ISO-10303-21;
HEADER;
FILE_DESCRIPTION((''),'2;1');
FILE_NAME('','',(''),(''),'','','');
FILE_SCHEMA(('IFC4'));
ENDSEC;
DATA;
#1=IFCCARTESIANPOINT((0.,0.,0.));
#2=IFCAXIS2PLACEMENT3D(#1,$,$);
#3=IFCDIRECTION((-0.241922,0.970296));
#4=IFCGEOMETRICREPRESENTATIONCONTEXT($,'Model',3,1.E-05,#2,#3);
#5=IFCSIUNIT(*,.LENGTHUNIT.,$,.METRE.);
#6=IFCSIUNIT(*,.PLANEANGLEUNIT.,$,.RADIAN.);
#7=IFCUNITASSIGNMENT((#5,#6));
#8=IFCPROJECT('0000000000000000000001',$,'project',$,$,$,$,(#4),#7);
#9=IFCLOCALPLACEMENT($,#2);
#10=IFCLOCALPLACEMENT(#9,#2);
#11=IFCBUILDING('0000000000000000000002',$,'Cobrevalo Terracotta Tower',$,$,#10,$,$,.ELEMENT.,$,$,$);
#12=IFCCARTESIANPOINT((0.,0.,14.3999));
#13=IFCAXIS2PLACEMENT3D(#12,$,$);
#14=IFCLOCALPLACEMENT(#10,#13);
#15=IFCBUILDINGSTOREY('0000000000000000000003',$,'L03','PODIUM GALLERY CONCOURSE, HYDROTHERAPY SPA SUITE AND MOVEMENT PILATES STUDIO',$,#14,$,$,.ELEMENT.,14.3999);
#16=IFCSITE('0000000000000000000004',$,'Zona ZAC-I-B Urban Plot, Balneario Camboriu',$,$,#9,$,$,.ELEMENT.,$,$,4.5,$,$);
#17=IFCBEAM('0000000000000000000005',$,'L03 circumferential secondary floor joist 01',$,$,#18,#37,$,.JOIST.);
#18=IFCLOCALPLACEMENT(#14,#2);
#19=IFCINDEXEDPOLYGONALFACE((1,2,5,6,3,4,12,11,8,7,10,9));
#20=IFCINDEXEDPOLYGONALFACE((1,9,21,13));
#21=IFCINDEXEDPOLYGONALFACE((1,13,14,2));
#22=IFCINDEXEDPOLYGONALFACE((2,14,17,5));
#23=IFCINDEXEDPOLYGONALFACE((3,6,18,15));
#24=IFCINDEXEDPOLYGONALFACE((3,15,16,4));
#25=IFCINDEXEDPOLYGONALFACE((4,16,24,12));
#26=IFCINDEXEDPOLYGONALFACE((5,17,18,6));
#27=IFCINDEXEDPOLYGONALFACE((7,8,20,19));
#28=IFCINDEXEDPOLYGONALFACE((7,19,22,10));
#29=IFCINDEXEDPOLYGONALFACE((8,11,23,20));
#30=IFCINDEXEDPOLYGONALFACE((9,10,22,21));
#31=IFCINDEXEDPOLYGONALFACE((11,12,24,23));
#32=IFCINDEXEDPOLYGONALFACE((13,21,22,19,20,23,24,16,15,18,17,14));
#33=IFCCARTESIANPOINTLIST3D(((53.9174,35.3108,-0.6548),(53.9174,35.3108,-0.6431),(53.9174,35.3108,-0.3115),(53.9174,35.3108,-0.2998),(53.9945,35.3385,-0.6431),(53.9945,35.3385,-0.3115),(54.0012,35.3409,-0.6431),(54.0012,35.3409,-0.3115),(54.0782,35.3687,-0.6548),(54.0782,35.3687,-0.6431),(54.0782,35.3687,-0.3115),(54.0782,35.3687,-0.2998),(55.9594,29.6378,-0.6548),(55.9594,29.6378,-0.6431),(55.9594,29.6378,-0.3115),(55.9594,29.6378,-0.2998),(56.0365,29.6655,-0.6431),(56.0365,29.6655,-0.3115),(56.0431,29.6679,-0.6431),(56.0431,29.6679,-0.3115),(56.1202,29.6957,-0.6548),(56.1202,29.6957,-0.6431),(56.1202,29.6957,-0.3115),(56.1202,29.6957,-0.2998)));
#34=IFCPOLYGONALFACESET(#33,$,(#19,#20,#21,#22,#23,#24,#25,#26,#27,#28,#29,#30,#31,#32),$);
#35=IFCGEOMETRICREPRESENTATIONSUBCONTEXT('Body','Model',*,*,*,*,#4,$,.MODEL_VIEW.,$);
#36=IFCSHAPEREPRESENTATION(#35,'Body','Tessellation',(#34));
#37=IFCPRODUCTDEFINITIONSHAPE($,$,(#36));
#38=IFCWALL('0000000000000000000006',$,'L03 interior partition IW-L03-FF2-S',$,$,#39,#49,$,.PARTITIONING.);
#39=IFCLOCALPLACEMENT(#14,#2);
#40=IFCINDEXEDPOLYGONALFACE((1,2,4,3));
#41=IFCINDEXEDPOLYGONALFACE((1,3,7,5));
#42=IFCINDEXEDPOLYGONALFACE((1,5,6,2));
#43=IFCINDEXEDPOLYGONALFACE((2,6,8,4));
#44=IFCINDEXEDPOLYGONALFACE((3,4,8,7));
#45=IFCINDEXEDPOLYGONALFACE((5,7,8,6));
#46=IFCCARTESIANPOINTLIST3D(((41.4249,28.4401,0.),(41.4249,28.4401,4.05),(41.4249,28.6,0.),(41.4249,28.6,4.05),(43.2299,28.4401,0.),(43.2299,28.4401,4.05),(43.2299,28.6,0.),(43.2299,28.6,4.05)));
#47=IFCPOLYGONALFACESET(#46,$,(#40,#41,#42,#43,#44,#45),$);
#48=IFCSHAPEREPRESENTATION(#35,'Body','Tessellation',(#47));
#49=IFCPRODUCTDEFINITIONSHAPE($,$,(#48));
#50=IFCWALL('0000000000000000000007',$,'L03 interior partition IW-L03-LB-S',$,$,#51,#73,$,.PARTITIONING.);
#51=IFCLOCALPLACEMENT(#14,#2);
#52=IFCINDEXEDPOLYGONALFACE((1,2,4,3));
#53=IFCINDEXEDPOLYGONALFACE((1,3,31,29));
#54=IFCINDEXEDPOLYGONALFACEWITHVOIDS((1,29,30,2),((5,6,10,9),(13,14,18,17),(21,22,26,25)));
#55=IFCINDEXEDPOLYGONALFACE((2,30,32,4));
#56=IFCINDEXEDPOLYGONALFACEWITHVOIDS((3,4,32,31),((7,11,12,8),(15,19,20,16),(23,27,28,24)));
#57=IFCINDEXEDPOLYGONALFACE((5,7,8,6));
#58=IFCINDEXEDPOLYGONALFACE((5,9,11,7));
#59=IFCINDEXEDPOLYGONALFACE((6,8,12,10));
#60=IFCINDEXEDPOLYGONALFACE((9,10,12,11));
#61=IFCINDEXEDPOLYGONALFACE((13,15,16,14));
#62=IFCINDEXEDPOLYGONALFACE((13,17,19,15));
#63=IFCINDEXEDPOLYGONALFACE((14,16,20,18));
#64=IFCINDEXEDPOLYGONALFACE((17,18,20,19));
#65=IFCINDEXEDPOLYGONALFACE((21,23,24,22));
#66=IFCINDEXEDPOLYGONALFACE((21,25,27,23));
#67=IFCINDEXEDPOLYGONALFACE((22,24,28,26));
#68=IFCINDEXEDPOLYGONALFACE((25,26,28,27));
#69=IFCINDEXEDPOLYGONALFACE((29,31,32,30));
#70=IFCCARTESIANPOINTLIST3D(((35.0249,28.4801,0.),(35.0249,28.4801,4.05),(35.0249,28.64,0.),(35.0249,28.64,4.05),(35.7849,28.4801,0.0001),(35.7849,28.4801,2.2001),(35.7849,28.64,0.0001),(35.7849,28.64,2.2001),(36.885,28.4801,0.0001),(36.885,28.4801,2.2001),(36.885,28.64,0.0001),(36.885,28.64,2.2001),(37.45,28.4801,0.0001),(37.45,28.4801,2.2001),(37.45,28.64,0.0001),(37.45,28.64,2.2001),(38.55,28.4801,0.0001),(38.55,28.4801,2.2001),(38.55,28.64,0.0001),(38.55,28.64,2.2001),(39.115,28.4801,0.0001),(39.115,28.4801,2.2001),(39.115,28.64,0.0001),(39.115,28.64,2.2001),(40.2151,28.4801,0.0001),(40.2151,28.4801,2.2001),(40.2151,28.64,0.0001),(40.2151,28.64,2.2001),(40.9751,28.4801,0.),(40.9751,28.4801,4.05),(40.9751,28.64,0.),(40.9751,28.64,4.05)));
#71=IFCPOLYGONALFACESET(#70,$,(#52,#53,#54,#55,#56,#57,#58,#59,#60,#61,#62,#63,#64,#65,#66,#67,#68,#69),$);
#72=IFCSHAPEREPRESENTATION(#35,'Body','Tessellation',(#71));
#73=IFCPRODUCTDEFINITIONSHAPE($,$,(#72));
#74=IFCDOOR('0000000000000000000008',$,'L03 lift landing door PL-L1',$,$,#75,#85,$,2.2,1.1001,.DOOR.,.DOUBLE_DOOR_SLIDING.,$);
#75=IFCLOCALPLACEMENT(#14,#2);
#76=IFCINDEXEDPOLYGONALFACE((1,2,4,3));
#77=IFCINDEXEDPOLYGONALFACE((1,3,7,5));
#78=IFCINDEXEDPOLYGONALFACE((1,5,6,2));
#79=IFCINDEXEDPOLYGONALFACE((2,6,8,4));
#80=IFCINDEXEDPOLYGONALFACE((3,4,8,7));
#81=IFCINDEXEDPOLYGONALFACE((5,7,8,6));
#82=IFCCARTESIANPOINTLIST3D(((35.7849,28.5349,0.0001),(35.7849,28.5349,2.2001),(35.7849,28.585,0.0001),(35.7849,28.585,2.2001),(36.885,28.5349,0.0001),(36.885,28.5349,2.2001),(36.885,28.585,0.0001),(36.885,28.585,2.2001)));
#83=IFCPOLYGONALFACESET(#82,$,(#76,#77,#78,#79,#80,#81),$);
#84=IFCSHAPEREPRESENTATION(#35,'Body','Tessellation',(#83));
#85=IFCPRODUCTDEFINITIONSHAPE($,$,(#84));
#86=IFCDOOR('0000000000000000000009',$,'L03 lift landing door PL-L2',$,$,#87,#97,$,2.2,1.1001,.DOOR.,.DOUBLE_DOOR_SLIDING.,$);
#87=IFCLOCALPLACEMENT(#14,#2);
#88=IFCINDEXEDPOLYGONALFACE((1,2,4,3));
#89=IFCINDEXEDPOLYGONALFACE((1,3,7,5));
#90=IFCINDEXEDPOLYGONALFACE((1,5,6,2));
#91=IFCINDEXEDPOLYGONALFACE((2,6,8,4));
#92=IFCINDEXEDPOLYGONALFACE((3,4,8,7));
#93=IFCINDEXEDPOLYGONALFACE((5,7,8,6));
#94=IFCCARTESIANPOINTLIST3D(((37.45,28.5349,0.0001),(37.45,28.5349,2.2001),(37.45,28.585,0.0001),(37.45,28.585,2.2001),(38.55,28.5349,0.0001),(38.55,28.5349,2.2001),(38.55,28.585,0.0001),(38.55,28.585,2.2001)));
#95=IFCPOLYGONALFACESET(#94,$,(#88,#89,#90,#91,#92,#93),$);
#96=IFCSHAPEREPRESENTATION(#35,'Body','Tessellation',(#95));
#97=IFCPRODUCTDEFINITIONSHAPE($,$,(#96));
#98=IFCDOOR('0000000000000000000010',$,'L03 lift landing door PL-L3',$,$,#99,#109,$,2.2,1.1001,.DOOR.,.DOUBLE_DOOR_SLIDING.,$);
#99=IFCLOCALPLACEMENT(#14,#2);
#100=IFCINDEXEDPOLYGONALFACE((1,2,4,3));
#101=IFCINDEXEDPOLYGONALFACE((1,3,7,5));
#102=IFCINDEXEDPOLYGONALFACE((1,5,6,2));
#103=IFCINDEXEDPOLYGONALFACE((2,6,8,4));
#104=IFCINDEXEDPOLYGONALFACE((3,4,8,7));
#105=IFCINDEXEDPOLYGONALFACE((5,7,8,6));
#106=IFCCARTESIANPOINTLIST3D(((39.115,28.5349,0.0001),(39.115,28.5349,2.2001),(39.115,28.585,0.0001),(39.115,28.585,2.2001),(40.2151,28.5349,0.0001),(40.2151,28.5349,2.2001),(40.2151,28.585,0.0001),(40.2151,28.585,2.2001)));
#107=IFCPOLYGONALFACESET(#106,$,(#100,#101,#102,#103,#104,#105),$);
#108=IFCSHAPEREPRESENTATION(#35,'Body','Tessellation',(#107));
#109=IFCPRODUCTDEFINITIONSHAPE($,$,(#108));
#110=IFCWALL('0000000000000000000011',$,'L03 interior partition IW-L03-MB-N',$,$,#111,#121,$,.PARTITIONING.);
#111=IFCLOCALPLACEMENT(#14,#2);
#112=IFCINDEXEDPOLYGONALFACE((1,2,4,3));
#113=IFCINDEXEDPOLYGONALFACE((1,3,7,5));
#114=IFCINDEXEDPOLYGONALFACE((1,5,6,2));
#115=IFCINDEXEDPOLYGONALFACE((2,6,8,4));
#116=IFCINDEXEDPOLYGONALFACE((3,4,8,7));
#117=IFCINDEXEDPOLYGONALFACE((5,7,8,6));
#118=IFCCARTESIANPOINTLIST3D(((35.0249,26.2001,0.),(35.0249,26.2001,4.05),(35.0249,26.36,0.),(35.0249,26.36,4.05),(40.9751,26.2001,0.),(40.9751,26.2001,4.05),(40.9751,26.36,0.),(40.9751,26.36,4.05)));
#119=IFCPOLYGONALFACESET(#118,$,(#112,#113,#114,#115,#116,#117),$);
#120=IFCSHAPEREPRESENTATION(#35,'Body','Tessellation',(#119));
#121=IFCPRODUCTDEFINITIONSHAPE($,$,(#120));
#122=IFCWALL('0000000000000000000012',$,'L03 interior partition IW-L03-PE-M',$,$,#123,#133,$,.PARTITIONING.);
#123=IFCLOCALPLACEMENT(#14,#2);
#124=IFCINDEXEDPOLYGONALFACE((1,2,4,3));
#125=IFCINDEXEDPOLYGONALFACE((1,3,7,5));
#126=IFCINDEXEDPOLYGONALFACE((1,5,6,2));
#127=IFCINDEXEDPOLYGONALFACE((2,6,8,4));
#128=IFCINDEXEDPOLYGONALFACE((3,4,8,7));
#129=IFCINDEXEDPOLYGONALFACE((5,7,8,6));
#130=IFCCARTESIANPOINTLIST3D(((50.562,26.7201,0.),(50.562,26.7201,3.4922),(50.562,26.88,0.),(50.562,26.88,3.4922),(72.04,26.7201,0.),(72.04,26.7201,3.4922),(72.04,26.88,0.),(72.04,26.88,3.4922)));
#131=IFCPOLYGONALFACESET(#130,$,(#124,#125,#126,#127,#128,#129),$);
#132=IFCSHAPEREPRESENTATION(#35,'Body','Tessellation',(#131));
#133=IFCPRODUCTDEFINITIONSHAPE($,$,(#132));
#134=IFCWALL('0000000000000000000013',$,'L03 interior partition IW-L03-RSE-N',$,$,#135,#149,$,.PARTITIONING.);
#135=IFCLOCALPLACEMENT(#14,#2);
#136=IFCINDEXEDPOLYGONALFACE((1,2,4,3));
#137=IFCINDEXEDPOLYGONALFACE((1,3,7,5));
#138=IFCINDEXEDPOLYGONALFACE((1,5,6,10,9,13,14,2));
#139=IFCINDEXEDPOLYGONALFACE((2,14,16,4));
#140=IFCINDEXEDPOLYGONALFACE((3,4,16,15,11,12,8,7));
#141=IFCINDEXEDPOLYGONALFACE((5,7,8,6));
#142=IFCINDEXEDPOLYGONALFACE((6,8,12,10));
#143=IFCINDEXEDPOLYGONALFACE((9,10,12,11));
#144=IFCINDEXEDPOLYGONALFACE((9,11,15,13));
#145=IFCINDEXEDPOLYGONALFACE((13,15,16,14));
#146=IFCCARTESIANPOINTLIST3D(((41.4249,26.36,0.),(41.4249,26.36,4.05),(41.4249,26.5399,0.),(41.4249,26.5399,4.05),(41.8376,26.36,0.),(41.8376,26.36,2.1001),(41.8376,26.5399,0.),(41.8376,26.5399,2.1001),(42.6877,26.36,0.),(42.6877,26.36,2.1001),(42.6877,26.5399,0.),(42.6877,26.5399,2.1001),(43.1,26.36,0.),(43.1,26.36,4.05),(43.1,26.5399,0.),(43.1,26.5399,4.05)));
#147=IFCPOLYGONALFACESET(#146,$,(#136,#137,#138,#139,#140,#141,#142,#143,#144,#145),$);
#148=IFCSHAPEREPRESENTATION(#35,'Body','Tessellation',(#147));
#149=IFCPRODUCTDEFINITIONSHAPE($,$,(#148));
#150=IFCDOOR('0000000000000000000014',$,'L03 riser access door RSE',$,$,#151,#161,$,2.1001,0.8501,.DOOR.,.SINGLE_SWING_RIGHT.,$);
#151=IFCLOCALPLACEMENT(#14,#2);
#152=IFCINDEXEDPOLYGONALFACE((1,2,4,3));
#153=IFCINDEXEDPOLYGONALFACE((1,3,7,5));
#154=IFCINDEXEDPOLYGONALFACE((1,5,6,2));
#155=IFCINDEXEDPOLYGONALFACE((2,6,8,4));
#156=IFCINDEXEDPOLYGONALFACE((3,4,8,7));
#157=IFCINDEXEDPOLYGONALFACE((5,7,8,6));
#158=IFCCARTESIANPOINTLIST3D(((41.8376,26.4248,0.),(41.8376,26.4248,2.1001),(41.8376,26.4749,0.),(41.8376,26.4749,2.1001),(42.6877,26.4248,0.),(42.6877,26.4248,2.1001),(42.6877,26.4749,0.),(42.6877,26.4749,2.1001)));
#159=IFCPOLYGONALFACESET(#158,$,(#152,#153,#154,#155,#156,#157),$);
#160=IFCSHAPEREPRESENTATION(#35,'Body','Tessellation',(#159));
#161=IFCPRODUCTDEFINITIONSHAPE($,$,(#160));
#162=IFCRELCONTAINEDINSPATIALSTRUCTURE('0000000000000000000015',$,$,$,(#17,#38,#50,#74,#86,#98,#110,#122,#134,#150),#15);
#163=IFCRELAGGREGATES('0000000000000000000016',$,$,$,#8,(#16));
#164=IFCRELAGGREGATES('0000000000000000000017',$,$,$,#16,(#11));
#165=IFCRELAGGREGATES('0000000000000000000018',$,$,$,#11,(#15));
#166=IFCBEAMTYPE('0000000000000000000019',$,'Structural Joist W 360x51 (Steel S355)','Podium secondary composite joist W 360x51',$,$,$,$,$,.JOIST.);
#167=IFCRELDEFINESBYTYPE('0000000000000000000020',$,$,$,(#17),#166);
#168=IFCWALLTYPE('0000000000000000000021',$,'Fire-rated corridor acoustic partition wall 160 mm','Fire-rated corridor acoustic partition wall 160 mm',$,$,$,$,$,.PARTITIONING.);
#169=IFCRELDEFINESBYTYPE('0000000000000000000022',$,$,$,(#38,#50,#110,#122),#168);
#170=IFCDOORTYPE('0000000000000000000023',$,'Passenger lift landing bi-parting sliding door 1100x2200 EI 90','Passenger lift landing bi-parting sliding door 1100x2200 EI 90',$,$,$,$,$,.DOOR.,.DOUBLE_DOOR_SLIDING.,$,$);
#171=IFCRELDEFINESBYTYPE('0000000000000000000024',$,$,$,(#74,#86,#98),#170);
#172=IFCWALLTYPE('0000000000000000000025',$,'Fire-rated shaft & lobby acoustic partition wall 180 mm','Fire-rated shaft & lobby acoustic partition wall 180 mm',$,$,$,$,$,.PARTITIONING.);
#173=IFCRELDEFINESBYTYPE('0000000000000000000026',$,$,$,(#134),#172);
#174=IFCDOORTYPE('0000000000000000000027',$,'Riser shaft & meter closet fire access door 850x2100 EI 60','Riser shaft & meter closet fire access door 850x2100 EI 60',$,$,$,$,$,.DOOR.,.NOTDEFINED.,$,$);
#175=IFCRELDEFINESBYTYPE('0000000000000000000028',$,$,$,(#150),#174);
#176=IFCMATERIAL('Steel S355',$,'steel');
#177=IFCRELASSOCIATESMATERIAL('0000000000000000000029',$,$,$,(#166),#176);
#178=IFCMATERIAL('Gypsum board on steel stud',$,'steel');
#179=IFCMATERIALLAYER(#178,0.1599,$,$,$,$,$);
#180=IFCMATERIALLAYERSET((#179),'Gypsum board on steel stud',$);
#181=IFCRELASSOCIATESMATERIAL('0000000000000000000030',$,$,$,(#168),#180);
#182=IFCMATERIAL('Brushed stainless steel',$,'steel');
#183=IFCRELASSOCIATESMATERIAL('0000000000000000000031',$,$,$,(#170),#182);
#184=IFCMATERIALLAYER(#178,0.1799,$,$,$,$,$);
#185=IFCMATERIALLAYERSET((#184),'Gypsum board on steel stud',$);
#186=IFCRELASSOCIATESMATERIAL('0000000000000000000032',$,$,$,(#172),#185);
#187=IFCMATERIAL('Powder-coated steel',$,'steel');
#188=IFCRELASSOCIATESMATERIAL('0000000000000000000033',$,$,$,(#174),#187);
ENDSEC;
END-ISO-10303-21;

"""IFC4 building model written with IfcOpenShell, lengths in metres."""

from ifc_helpers import new_model, si_unit, direction, frame, frame_2d, origin, origin_2d, place, context, subcontext, project, spatial, rectangle, i_section, extrude, source, transform, mapped, material, layer, layer_set, material_profile, profile_set, type_object, element, fill, save


model = new_model("IFC4")

# Units and contexts
model_context = context("Model", 3, precision=1e-05, world=origin(), true_north=direction((-0.241922, 0.970296)))
body_context = subcontext(model_context, "Body", "Model", "MODEL_VIEW")
ifc_project = project(units=[si_unit("LENGTHUNIT", "METRE"), si_unit("PLANEANGLEUNIT", "RADIAN")], contexts=[model_context])

# Site, building, storey
site_placement = place(None, origin())
site = spatial("IfcSite", under=ifc_project, at=site_placement, Name="Zona ZAC-I-B Urban Plot, Balneario Camboriu", CompositionType="ELEMENT", RefElevation=4.5)
building_placement = place(site_placement, origin())
building = spatial("IfcBuilding", under=site, at=building_placement, Name="Cobrevalo Terracotta Tower", CompositionType="ELEMENT")
storey_placement = place(building_placement, frame((0.0, 0.0, 14.3999)))
storey = spatial("IfcBuildingStorey", under=building, at=storey_placement, Name="L03", Description="PODIUM GALLERY CONCOURSE, HYDROTHERAPY SPA SUITE AND MOVEMENT PILATES STUDIO", CompositionType="ELEMENT", Elevation=14.3999)

# Beam
ifc_material_1 = material(Name="Steel S355", Category="steel")
ifc_material_profile = material_profile(ifc_material_1, i_section(OverallWidth=0.1709, OverallDepth=0.355, WebThickness=0.0071, FlangeThickness=0.0117, at=origin_2d()), Name="W 360x51")
ifc_profile_set = profile_set([ifc_material_profile], Name="Steel S355")
beam_type = type_object("IfcBeamType", Name="Structural Joist W 360x51 (Steel S355)", Description="Podium secondary composite joist W 360x51", PredefinedType="JOIST", material=ifc_profile_set)
beam_placement = place(storey_placement, frame((56.0398, 29.6667, -0.4773), z_axis=(-0.338672, 0.940904, 0.0), x_axis=(-0.940904, -0.338672, 0.0)))
element("IfcBeam", 1, at=beam_placement, inside=storey, type_object=beam_type, Name="L03 circumferential secondary floor joist 01", PredefinedType="JOIST", context=body_context, shape_type="SweptSolid", body=[
    extrude(i_section(OverallWidth=0.1709, OverallDepth=0.355, WebThickness=0.0071, FlangeThickness=0.0117, at=origin_2d()), origin(), (0.0, 0.0, 1.0), 6.0293),
])

# Wall
ifc_material_2 = material(Name="Gypsum board on steel stud", Category="steel")
ifc_layer_1 = layer(ifc_material_2, 0.1599)
ifc_layer_set_1 = layer_set([ifc_layer_1], Name="Gypsum board on steel stud")
wall_type_1 = type_object("IfcWallType", Name="Fire-rated corridor acoustic partition wall 160 mm", Description="Fire-rated corridor acoustic partition wall 160 mm", PredefinedType="PARTITIONING", material=ifc_layer_set_1)
wall_1_placement = place(storey_placement, frame((41.425, 28.52, 0.0), z_axis=(0.0, 0.0, 1.0), x_axis=(1.0, 0.0, 0.0)))
element("IfcWall", 2, at=wall_1_placement, inside=storey, type_object=wall_type_1, Name="L03 interior partition IW-L03-FF2-S", PredefinedType="PARTITIONING", context=body_context, shape_type="SweptSolid", body=[
    extrude(rectangle(XDim=1.8049, YDim=0.1599, at=frame_2d((0.9023, 0.0))), origin(), (0.0, 0.0, 1.0), 4.05),
])

# Wall, openings, doors
wall_2_placement = place(storey_placement, frame((35.0249, 28.5601, 0.0), z_axis=(0.0, 0.0, 1.0), x_axis=(1.0, 0.0, 0.0)))
wall_2 = element("IfcWall", 3, at=wall_2_placement, inside=storey, type_object=wall_type_1, Name="L03 interior partition IW-L03-LB-S", PredefinedType="PARTITIONING", context=body_context, shape_type="SweptSolid", body=[
    extrude(rectangle(XDim=5.9502, YDim=0.1599, at=frame_2d((2.9751, 0.0))), origin(), (0.0, 0.0, 1.0), 4.05),
])
opening_1_placement = place(wall_2_placement, frame((0.76, 0.0, 0.0)))
opening_1 = element("IfcOpeningElement", 4, at=opening_1_placement, cuts=wall_2, PredefinedType="OPENING", context=body_context, shape_type="SweptSolid", body=[
    extrude(rectangle(XDim=1.1001, YDim=2.2, at=frame_2d((0.55, 1.1001))), frame((0.0, 0.0898, 0.0), z_axis=(0.0, -1.0, 0.0), x_axis=(1.0, 0.0, 0.0)), (0.0, 0.0, 1.0), 0.1799),
])
opening_2_placement = place(wall_2_placement, frame((2.425, 0.0, 0.0)))
opening_2 = element("IfcOpeningElement", 5, at=opening_2_placement, cuts=wall_2, PredefinedType="OPENING", context=body_context, shape_type="SweptSolid", body=[
    extrude(rectangle(XDim=1.1001, YDim=2.2, at=frame_2d((0.55, 1.1001))), frame((0.0, 0.0898, 0.0), z_axis=(0.0, -1.0, 0.0), x_axis=(1.0, 0.0, 0.0)), (0.0, 0.0, 1.0), 0.1799),
])
opening_3_placement = place(wall_2_placement, frame((4.0901, 0.0, 0.0)))
opening_3 = element("IfcOpeningElement", 6, at=opening_3_placement, cuts=wall_2, PredefinedType="OPENING", context=body_context, shape_type="SweptSolid", body=[
    extrude(rectangle(XDim=1.1001, YDim=2.2, at=frame_2d((0.55, 1.1001))), frame((0.0, 0.0898, 0.0), z_axis=(0.0, -1.0, 0.0), x_axis=(1.0, 0.0, 0.0)), (0.0, 0.0, 1.0), 0.1799),
])
ifc_material_3 = material(Name="Brushed stainless steel", Category="steel")
door_type_1 = type_object("IfcDoorType", Name="Passenger lift landing bi-parting sliding door 1100x2200 EI 90", Description="Passenger lift landing bi-parting sliding door 1100x2200 EI 90", OperationType="DOUBLE_DOOR_SLIDING", PredefinedType="DOOR", material=ifc_material_3)
shared_shape_1 = source(origin(), body_context, "Body", "SweptSolid", [
    extrude(rectangle(XDim=1.1001, YDim=2.2, at=frame_2d((0.55, 1.1001))), frame((0.0, 0.0249, 0.0), z_axis=(0.0, -1.0, 0.0), x_axis=(1.0, 0.0, 0.0)), (0.0, 0.0, 1.0), 0.05),
])
door_1_placement = place(opening_1_placement, origin())
door_1 = element("IfcDoor", 7, at=door_1_placement, inside=storey, type_object=door_type_1, Name="L03 lift landing door PL-L1", OperationType="DOUBLE_DOOR_SLIDING", OverallHeight=2.2, OverallWidth=1.1001, PredefinedType="DOOR", context=body_context, shape_type="MappedRepresentation", body=[
    mapped(shared_shape_1, transform((0.0, 0.0, 0.0), scale=1.0)),
])
fill(opening_1, door_1)
door_2_placement = place(opening_2_placement, origin())
door_2 = element("IfcDoor", 8, at=door_2_placement, inside=storey, type_object=door_type_1, Name="L03 lift landing door PL-L2", OperationType="DOUBLE_DOOR_SLIDING", OverallHeight=2.2, OverallWidth=1.1001, PredefinedType="DOOR", context=body_context, shape_type="MappedRepresentation", body=[
    mapped(shared_shape_1, transform((0.0, 0.0, 0.0), scale=1.0)),
])
fill(opening_2, door_2)
door_3_placement = place(opening_3_placement, origin())
door_3 = element("IfcDoor", 9, at=door_3_placement, inside=storey, type_object=door_type_1, Name="L03 lift landing door PL-L3", OperationType="DOUBLE_DOOR_SLIDING", OverallHeight=2.2, OverallWidth=1.1001, PredefinedType="DOOR", context=body_context, shape_type="MappedRepresentation", body=[
    mapped(shared_shape_1, transform((0.0, 0.0, 0.0), scale=1.0)),
])
fill(opening_3, door_3)

# Walls
wall_3_placement = place(storey_placement, frame((35.0249, 26.28, 0.0), z_axis=(0.0, 0.0, 1.0), x_axis=(1.0, 0.0, 0.0)))
element("IfcWall", 10, at=wall_3_placement, inside=storey, type_object=wall_type_1, Name="L03 interior partition IW-L03-MB-N", PredefinedType="PARTITIONING", context=body_context, shape_type="SweptSolid", body=[
    extrude(rectangle(XDim=5.9502, YDim=0.1599, at=frame_2d((2.9751, 0.0))), origin(), (0.0, 0.0, 1.0), 4.05),
])
wall_4_placement = place(storey_placement, frame((50.562, 26.8, 0.0), z_axis=(0.0, 0.0, 1.0), x_axis=(1.0, 0.0, 0.0)))
element("IfcWall", 11, at=wall_4_placement, inside=storey, type_object=wall_type_1, Name="L03 interior partition IW-L03-PE-M", PredefinedType="PARTITIONING", context=body_context, shape_type="SweptSolid", body=[
    extrude(rectangle(XDim=21.478, YDim=0.1599, at=frame_2d((10.739, 0.0))), origin(), (0.0, 0.0, 1.0), 3.4922),
])

# Wall, opening, door
ifc_layer_2 = layer(ifc_material_2, 0.1799)
ifc_layer_set_2 = layer_set([ifc_layer_2], Name="Gypsum board on steel stud")
wall_type_2 = type_object("IfcWallType", Name="Fire-rated shaft & lobby acoustic partition wall 180 mm", Description="Fire-rated shaft & lobby acoustic partition wall 180 mm", PredefinedType="PARTITIONING", material=ifc_layer_set_2)
wall_5_placement = place(storey_placement, frame((41.425, 26.45, 0.0), z_axis=(0.0, 0.0, 1.0), x_axis=(1.0, 0.0, 0.0)))
wall_5 = element("IfcWall", 12, at=wall_5_placement, inside=storey, type_object=wall_type_2, Name="L03 interior partition IW-L03-RSE-N", PredefinedType="PARTITIONING", context=body_context, shape_type="SweptSolid", body=[
    extrude(rectangle(XDim=1.675, YDim=0.1799, at=frame_2d((0.8374, 0.0))), origin(), (0.0, 0.0, 1.0), 4.05),
])
opening_4_placement = place(wall_5_placement, frame((0.4126, 0.0, 0.0)))
opening_4 = element("IfcOpeningElement", 13, at=opening_4_placement, cuts=wall_5, PredefinedType="OPENING", context=body_context, shape_type="SweptSolid", body=[
    extrude(rectangle(XDim=0.8501, YDim=2.1001, at=frame_2d((0.425, 1.05))), frame((0.0, 0.1001, 0.0), z_axis=(0.0, -1.0, 0.0), x_axis=(1.0, 0.0, 0.0)), (0.0, 0.0, 1.0), 0.2),
])
ifc_material_4 = material(Name="Powder-coated steel", Category="steel")
door_type_2 = type_object("IfcDoorType", Name="Riser shaft & meter closet fire access door 850x2100 EI 60", Description="Riser shaft & meter closet fire access door 850x2100 EI 60", OperationType="NOTDEFINED", PredefinedType="DOOR", material=ifc_material_4)
shared_shape_2 = source(origin(), body_context, "Body", "SweptSolid", [
    extrude(rectangle(XDim=0.8501, YDim=2.1001, at=frame_2d((0.425, 1.05))), frame((0.0, 0.0249, 0.0), z_axis=(0.0, -1.0, 0.0), x_axis=(1.0, 0.0, 0.0)), (0.0, 0.0, 1.0), 0.05),
])
door_4_placement = place(opening_4_placement, origin())
door_4 = element("IfcDoor", 14, at=door_4_placement, inside=storey, type_object=door_type_2, Name="L03 riser access door RSE", OperationType="SINGLE_SWING_RIGHT", OverallHeight=2.1001, OverallWidth=0.8501, PredefinedType="DOOR", context=body_context, shape_type="MappedRepresentation", body=[
    mapped(shared_shape_2, transform((0.0, 0.0, 0.0), scale=1.0)),
])
fill(opening_4, door_4)

save(model, "model.ifc")
